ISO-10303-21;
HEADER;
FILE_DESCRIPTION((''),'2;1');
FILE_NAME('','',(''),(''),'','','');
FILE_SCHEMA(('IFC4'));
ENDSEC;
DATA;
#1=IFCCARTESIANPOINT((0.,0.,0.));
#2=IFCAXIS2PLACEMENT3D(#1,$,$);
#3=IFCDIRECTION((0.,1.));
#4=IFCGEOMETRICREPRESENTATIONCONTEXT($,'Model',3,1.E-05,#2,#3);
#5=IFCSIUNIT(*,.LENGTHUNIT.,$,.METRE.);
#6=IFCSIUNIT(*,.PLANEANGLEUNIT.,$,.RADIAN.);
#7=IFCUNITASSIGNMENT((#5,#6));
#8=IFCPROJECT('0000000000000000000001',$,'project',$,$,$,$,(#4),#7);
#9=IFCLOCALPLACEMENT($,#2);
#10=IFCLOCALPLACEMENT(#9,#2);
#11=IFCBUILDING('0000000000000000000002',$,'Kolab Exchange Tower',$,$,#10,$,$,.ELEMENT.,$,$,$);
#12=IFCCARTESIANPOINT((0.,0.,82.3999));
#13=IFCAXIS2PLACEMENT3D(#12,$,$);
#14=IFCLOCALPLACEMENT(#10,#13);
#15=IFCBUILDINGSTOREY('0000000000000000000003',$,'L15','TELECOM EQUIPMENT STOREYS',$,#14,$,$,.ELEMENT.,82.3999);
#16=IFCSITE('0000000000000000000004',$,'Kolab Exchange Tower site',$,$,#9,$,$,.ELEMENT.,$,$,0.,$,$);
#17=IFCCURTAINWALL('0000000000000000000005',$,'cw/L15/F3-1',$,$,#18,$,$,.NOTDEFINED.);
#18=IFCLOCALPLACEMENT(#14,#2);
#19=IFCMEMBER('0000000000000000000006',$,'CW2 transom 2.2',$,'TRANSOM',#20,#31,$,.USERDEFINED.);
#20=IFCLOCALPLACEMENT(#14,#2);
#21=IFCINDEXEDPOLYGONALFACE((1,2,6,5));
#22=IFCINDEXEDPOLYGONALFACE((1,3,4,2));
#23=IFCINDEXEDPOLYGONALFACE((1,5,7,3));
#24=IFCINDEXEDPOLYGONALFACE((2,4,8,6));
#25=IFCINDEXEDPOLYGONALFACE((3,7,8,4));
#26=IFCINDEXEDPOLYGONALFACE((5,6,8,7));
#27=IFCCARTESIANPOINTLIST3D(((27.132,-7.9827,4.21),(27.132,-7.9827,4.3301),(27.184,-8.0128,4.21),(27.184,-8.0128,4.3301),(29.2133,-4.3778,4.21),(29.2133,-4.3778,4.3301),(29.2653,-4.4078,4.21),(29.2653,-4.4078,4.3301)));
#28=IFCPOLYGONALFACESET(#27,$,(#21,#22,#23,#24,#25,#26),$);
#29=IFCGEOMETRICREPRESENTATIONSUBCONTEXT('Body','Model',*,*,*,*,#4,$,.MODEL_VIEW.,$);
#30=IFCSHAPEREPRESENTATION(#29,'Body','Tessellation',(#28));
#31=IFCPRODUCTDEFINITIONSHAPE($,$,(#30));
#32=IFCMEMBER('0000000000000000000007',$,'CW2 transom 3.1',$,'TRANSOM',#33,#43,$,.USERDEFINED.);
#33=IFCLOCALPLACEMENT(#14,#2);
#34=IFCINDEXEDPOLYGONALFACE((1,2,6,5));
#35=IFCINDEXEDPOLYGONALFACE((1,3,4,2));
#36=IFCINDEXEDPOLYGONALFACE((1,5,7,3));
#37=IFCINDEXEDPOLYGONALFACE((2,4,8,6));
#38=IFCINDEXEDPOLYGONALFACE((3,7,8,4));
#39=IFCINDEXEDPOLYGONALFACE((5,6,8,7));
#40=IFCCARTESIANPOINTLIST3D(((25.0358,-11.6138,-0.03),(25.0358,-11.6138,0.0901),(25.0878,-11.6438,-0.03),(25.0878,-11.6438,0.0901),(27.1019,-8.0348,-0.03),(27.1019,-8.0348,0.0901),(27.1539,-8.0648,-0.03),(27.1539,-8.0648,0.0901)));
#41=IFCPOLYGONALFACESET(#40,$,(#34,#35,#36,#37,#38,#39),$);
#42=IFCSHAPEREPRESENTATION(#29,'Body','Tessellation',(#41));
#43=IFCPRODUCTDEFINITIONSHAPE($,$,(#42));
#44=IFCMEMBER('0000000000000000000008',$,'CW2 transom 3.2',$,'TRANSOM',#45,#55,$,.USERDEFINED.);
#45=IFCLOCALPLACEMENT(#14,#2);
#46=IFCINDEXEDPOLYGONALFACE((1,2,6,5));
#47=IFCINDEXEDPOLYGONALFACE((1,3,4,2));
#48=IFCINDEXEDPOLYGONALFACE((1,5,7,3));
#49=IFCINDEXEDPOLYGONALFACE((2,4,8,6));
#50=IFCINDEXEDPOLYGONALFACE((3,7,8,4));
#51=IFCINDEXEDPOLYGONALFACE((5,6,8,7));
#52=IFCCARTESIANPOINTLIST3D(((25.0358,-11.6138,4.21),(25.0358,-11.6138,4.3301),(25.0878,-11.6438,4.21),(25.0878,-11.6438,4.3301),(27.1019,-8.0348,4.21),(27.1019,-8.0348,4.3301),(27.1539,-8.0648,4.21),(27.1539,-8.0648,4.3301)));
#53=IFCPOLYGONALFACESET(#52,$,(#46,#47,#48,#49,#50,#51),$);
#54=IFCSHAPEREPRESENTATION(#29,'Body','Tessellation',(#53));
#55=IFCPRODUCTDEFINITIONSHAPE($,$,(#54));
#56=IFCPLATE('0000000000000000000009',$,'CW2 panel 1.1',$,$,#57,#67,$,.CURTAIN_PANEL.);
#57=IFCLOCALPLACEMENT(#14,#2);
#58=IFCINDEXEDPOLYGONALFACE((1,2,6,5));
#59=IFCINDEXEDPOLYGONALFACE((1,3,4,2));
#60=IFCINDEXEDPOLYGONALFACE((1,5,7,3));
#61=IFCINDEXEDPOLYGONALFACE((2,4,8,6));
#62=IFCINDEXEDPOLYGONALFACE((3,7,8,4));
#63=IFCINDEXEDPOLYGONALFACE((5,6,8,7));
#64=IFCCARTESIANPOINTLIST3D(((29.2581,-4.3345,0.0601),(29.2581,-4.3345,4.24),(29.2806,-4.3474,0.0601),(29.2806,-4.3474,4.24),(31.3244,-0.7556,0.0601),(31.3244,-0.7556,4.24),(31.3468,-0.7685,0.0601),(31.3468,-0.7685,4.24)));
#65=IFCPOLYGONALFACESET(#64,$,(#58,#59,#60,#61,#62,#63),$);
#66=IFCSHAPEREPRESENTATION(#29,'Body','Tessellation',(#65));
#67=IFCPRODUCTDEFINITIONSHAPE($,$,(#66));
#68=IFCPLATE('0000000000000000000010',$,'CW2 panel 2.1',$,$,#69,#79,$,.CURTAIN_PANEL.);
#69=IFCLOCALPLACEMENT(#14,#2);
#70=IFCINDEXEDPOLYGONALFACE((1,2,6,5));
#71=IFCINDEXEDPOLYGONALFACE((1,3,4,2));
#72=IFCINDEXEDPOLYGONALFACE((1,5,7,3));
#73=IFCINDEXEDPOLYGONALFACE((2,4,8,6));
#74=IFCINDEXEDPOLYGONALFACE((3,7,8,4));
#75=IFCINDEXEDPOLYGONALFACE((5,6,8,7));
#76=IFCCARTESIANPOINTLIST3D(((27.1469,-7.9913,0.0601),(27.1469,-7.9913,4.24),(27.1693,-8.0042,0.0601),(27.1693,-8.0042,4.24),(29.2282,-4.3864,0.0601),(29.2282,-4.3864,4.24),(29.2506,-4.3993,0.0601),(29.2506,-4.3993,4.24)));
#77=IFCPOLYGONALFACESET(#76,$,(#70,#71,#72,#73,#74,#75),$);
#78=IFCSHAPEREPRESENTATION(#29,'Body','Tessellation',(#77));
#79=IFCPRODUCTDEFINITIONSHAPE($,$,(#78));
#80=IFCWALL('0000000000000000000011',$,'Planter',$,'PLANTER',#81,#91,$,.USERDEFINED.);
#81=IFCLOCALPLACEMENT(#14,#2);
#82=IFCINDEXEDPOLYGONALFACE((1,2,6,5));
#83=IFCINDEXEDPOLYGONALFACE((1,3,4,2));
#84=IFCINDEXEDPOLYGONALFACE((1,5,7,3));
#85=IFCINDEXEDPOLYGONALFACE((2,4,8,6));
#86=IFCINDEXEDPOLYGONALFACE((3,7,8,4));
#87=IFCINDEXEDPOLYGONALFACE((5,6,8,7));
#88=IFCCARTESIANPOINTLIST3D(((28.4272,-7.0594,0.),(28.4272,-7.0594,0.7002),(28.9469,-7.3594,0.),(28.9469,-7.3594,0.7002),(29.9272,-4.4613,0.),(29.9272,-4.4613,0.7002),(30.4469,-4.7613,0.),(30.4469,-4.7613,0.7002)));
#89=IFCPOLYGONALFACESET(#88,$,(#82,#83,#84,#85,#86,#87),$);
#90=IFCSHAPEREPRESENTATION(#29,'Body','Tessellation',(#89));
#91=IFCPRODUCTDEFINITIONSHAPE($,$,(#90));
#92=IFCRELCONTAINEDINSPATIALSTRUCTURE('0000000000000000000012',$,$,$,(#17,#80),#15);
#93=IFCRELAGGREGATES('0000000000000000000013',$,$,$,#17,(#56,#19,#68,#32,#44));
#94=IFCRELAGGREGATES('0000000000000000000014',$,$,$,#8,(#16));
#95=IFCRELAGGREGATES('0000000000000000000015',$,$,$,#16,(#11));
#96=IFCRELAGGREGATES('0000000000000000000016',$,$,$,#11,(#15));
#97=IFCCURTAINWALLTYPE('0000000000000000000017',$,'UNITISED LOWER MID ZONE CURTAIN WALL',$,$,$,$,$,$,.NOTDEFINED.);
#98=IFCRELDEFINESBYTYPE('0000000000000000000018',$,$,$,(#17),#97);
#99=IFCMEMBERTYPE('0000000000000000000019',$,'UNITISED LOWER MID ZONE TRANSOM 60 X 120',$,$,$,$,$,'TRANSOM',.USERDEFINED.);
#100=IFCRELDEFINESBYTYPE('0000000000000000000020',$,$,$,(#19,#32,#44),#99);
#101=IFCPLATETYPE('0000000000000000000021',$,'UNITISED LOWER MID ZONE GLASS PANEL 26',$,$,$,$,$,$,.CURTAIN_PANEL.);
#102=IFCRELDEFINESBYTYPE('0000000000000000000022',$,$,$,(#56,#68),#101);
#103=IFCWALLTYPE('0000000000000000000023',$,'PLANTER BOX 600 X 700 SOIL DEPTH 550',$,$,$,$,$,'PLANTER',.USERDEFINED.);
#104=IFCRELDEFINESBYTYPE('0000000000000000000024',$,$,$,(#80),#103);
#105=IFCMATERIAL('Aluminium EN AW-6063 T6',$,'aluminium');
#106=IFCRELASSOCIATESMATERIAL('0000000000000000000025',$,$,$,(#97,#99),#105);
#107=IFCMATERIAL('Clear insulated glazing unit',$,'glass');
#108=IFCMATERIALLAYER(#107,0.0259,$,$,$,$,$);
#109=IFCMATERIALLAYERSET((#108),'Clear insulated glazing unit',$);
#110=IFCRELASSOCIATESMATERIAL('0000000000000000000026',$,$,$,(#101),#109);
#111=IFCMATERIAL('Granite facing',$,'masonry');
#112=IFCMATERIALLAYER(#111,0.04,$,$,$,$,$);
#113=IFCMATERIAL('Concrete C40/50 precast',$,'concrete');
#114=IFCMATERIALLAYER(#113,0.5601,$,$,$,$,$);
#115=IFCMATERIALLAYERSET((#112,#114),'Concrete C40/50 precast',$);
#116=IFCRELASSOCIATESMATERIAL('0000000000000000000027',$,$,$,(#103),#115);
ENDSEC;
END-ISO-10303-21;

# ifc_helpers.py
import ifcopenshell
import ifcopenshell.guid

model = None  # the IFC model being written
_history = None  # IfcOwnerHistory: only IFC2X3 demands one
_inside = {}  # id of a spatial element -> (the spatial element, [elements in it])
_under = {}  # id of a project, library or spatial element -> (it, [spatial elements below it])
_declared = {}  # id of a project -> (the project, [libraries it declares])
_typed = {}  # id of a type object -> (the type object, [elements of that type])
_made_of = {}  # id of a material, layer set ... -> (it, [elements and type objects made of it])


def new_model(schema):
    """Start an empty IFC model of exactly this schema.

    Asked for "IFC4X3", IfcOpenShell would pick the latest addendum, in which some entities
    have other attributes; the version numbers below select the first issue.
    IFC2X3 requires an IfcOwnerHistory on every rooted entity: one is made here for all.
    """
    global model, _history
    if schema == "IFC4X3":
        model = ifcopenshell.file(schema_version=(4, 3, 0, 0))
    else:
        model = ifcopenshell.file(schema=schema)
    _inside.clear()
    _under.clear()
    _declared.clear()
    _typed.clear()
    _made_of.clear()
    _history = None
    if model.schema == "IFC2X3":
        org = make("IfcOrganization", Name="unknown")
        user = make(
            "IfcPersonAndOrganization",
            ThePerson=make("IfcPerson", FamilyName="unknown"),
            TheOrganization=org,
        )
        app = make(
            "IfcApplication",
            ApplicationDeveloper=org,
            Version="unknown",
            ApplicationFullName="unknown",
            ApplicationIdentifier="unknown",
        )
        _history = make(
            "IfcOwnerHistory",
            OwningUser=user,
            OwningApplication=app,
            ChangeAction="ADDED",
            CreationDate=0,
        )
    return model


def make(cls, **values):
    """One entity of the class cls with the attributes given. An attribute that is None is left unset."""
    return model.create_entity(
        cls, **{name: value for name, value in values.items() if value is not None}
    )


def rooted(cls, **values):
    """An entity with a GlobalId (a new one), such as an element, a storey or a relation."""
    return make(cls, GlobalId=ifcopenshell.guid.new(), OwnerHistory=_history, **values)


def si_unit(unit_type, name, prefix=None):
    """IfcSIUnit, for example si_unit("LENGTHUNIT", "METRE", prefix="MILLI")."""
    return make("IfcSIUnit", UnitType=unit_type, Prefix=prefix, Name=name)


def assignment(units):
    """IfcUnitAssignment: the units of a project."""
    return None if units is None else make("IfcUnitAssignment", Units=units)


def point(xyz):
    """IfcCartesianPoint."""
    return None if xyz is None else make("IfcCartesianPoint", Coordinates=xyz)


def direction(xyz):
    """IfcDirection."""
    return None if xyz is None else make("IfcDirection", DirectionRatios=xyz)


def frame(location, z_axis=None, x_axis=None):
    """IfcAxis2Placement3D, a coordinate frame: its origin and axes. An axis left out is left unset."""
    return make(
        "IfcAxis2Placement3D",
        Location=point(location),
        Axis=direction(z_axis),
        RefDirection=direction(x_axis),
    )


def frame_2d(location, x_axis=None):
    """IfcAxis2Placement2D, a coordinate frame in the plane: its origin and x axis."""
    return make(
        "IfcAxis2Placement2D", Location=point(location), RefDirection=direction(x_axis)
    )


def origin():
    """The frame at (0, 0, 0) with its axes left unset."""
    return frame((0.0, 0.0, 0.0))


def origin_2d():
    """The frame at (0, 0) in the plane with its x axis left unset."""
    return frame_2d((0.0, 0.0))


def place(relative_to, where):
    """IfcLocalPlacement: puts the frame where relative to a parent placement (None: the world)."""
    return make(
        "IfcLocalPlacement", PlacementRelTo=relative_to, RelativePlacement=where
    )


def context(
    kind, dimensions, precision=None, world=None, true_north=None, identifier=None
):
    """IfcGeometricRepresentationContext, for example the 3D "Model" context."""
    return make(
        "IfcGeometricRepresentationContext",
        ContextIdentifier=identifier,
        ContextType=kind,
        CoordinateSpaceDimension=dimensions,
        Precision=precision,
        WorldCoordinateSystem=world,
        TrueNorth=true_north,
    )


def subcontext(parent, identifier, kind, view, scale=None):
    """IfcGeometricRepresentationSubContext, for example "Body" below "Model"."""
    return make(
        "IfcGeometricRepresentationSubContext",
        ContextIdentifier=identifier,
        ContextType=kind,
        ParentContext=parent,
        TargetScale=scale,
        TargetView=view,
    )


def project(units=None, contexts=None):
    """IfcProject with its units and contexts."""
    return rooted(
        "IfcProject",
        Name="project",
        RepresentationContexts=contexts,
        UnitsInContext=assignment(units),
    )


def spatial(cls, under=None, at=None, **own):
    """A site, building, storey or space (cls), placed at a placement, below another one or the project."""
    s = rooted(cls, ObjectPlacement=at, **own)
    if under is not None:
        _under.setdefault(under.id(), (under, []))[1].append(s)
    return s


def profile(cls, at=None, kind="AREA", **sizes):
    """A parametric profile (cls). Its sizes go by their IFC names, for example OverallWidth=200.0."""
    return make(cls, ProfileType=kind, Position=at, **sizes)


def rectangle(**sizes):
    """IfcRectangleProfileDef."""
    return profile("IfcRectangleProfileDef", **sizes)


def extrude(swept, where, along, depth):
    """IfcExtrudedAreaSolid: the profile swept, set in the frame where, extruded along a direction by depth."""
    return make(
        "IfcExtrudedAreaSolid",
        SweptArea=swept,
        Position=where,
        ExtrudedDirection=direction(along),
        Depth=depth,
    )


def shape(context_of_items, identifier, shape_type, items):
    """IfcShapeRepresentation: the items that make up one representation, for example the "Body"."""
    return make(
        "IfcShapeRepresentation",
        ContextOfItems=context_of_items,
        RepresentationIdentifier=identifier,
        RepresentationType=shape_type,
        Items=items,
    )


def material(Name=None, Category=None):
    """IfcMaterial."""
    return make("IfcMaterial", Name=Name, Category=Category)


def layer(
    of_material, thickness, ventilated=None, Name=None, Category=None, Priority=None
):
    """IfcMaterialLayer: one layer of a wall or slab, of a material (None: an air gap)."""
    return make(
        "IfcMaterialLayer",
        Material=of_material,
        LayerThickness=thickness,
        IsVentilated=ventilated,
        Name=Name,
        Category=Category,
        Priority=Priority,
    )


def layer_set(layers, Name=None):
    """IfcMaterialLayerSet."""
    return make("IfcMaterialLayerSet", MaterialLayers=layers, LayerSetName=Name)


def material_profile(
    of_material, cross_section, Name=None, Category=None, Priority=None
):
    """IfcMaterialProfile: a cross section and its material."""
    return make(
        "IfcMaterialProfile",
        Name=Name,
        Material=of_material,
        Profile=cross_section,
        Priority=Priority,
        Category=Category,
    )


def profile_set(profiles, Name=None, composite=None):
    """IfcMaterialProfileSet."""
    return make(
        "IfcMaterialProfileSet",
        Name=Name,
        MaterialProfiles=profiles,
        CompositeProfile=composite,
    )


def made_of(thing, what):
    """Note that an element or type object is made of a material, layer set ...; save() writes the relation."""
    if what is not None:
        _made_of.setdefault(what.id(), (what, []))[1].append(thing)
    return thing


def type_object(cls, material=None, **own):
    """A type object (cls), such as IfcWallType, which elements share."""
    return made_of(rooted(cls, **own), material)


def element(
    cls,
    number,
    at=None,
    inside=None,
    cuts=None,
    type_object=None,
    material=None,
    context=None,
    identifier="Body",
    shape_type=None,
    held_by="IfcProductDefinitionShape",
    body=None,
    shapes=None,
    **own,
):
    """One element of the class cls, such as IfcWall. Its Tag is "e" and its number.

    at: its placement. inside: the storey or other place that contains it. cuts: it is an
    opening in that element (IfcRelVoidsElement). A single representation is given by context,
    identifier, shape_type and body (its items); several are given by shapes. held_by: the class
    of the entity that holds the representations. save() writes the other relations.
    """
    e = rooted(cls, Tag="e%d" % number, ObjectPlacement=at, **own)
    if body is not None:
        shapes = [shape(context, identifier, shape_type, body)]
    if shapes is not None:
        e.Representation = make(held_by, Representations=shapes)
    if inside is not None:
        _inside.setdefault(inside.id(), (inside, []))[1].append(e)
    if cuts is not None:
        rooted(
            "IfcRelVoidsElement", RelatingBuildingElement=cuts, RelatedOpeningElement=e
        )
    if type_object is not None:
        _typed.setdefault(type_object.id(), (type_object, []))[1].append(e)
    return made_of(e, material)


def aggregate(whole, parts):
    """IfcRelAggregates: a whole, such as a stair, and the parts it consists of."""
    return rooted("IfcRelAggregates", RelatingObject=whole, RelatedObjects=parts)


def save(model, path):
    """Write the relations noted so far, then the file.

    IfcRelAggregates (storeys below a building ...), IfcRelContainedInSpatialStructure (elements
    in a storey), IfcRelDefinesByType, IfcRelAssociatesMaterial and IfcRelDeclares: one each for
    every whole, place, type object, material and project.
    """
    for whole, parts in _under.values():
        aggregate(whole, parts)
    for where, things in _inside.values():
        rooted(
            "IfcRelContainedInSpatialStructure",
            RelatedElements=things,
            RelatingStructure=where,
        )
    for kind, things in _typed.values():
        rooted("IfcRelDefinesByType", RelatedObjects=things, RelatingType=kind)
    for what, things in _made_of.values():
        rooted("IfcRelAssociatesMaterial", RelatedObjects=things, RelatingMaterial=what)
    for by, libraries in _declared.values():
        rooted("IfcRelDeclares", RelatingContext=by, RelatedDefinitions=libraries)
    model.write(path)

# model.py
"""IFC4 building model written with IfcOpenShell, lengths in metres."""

from ifc_helpers import new_model, si_unit, direction, frame, frame_2d, origin, origin_2d, place, context, subcontext, project, spatial, rectangle, extrude, material, layer, layer_set, material_profile, profile_set, type_object, element, aggregate, save


model = new_model("IFC4")

# Units and contexts
model_context = context("Model", 3, precision=1e-05, world=origin(), true_north=direction((0.0, 1.0)))
body_context = subcontext(model_context, "Body", "Model", "MODEL_VIEW")
ifc_project = project(units=[si_unit("LENGTHUNIT", "METRE"), si_unit("PLANEANGLEUNIT", "RADIAN")], contexts=[model_context])

# Site, building, storey
site_placement = place(None, origin())
site = spatial("IfcSite", under=ifc_project, at=site_placement, Name="Kolab Exchange Tower site", CompositionType="ELEMENT", RefElevation=0.0)
building_placement = place(site_placement, origin())
building = spatial("IfcBuilding", under=site, at=building_placement, Name="Kolab Exchange Tower", CompositionType="ELEMENT")
storey_placement = place(building_placement, frame((0.0, 0.0, 82.3999)))
storey = spatial("IfcBuildingStorey", under=building, at=storey_placement, Name="L15", Description="TELECOM EQUIPMENT STOREYS", CompositionType="ELEMENT", Elevation=82.3999)

# Curtain wall
ifc_material_1 = material(Name="Aluminium EN AW-6063 T6", Category="aluminium")
curtain_wall_type = type_object("IfcCurtainWallType", Name="UNITISED LOWER MID ZONE CURTAIN WALL", PredefinedType="NOTDEFINED", material=ifc_material_1)
curtain_wall_1_placement = place(storey_placement, origin())
curtain_wall_1 = element("IfcCurtainWall", 1, at=curtain_wall_1_placement, inside=storey, type_object=curtain_wall_type, Name="cw/L15/F3-1", PredefinedType="NOTDEFINED")

# Members
ifc_material_profile_1 = material_profile(ifc_material_1, rectangle(XDim=0.0601, YDim=0.1201, at=origin_2d()), Name="RECT 60X120")
ifc_profile_set_1 = profile_set([ifc_material_profile_1], Name="Aluminium EN AW-6063 T6")
member_type_1 = type_object("IfcMemberType", Name="UNITISED LOWER MID ZONE TRANSOM 60 X 120", ElementType="TRANSOM", PredefinedType="USERDEFINED", material=ifc_profile_set_1)
member_1_placement = place(storey_placement, frame((29.2393, -4.3928, 4.27), z_axis=(-0.499993, -0.866029, 0.0), x_axis=(0.866029, -0.499993, 0.0)))
member_1 = element("IfcMember", 2, at=member_1_placement, type_object=member_type_1, Name="CW2 transom 2.2", ObjectType="TRANSOM", PredefinedType="USERDEFINED", context=body_context, shape_type="SweptSolid", body=[
    extrude(rectangle(XDim=0.0601, YDim=0.1201, at=origin_2d()), origin(), (0.0, 0.0, 1.0), 4.1626),
])
member_2_placement = place(storey_placement, frame((27.1279, -8.0498, 0.03), z_axis=(-0.499958, -0.86605, 0.0), x_axis=(0.86605, -0.499958, 0.0)))
member_2 = element("IfcMember", 3, at=member_2_placement, type_object=member_type_1, Name="CW2 transom 3.1", ObjectType="TRANSOM", PredefinedType="USERDEFINED", context=body_context, shape_type="SweptSolid", body=[
    extrude(rectangle(XDim=0.0601, YDim=0.1201, at=origin_2d()), origin(), (0.0, 0.0, 1.0), 4.1326),
])
member_3_placement = place(storey_placement, frame((27.1279, -8.0498, 4.27), z_axis=(-0.499958, -0.86605, 0.0), x_axis=(0.86605, -0.499958, 0.0)))
member_3 = element("IfcMember", 4, at=member_3_placement, type_object=member_type_1, Name="CW2 transom 3.2", ObjectType="TRANSOM", PredefinedType="USERDEFINED", context=body_context, shape_type="SweptSolid", body=[
    extrude(rectangle(XDim=0.0601, YDim=0.1201, at=origin_2d()), origin(), (0.0, 0.0, 1.0), 4.1326),
])

# Plates
ifc_material_2 = material(Name="Clear insulated glazing unit", Category="glass")
ifc_layer_1 = layer(ifc_material_2, 0.0259)
ifc_layer_set_1 = layer_set([ifc_layer_1], Name="Clear insulated glazing unit")
plate_type = type_object("IfcPlateType", Name="UNITISED LOWER MID ZONE GLASS PANEL 26", PredefinedType="CURTAIN_PANEL", material=ifc_layer_set_1)
plate_1_placement = place(storey_placement, frame((30.3025, -2.5515, 0.0601), z_axis=(0.0, 0.0, 1.0), x_axis=(-0.5, -0.866025, 0.0)))
plate_1 = element("IfcPlate", 5, at=plate_1_placement, type_object=plate_type, Name="CW2 panel 1.1", PredefinedType="CURTAIN_PANEL", context=body_context, shape_type="SweptSolid", body=[
    extrude(rectangle(XDim=4.1326, YDim=0.0259, at=origin_2d()), origin(), (0.0, 0.0, 1.0), 4.1799),
])
plate_2_placement = place(storey_placement, frame((28.1987, -6.1953, 0.0601), z_axis=(0.0, 0.0, 1.0), x_axis=(-0.5, -0.866025, 0.0)))
plate_2 = element("IfcPlate", 6, at=plate_2_placement, type_object=plate_type, Name="CW2 panel 2.1", PredefinedType="CURTAIN_PANEL", context=body_context, shape_type="SweptSolid", body=[
    extrude(rectangle(XDim=4.1626, YDim=0.0259, at=origin_2d()), origin(), (0.0, 0.0, 1.0), 4.1799),
])
aggregate(curtain_wall_1, [plate_1, member_1, plate_2, member_2, member_3])

# Wall
ifc_material_3 = material(Name="Granite facing", Category="masonry")
ifc_layer_2 = layer(ifc_material_3, 0.04)
ifc_material_4 = material(Name="Concrete C40/50 precast", Category="concrete")
ifc_layer_3 = layer(ifc_material_4, 0.5601)
ifc_layer_set_2 = layer_set([ifc_layer_2, ifc_layer_3], Name="Concrete C40/50 precast")
wall_type = type_object("IfcWallType", Name="PLANTER BOX 600 X 700 SOIL DEPTH 550", ElementType="PLANTER", PredefinedType="USERDEFINED", material=ifc_layer_set_2)
wall_placement = place(storey_placement, frame((30.187, -4.6113, 0.0), z_axis=(0.0, 0.0, 1.0), x_axis=(-0.49999, -0.866031, 0.0)))
element("IfcWall", 7, at=wall_placement, inside=storey, type_object=wall_type, Name="Planter", ObjectType="PLANTER", PredefinedType="USERDEFINED", context=body_context, shape_type="SweptSolid", body=[
    extrude(rectangle(XDim=3.0, YDim=0.6001, at=frame_2d((1.5, 0.0))), origin(), (0.0, 0.0, 1.0), 0.7002),
])

save(model, "model.ifc")
